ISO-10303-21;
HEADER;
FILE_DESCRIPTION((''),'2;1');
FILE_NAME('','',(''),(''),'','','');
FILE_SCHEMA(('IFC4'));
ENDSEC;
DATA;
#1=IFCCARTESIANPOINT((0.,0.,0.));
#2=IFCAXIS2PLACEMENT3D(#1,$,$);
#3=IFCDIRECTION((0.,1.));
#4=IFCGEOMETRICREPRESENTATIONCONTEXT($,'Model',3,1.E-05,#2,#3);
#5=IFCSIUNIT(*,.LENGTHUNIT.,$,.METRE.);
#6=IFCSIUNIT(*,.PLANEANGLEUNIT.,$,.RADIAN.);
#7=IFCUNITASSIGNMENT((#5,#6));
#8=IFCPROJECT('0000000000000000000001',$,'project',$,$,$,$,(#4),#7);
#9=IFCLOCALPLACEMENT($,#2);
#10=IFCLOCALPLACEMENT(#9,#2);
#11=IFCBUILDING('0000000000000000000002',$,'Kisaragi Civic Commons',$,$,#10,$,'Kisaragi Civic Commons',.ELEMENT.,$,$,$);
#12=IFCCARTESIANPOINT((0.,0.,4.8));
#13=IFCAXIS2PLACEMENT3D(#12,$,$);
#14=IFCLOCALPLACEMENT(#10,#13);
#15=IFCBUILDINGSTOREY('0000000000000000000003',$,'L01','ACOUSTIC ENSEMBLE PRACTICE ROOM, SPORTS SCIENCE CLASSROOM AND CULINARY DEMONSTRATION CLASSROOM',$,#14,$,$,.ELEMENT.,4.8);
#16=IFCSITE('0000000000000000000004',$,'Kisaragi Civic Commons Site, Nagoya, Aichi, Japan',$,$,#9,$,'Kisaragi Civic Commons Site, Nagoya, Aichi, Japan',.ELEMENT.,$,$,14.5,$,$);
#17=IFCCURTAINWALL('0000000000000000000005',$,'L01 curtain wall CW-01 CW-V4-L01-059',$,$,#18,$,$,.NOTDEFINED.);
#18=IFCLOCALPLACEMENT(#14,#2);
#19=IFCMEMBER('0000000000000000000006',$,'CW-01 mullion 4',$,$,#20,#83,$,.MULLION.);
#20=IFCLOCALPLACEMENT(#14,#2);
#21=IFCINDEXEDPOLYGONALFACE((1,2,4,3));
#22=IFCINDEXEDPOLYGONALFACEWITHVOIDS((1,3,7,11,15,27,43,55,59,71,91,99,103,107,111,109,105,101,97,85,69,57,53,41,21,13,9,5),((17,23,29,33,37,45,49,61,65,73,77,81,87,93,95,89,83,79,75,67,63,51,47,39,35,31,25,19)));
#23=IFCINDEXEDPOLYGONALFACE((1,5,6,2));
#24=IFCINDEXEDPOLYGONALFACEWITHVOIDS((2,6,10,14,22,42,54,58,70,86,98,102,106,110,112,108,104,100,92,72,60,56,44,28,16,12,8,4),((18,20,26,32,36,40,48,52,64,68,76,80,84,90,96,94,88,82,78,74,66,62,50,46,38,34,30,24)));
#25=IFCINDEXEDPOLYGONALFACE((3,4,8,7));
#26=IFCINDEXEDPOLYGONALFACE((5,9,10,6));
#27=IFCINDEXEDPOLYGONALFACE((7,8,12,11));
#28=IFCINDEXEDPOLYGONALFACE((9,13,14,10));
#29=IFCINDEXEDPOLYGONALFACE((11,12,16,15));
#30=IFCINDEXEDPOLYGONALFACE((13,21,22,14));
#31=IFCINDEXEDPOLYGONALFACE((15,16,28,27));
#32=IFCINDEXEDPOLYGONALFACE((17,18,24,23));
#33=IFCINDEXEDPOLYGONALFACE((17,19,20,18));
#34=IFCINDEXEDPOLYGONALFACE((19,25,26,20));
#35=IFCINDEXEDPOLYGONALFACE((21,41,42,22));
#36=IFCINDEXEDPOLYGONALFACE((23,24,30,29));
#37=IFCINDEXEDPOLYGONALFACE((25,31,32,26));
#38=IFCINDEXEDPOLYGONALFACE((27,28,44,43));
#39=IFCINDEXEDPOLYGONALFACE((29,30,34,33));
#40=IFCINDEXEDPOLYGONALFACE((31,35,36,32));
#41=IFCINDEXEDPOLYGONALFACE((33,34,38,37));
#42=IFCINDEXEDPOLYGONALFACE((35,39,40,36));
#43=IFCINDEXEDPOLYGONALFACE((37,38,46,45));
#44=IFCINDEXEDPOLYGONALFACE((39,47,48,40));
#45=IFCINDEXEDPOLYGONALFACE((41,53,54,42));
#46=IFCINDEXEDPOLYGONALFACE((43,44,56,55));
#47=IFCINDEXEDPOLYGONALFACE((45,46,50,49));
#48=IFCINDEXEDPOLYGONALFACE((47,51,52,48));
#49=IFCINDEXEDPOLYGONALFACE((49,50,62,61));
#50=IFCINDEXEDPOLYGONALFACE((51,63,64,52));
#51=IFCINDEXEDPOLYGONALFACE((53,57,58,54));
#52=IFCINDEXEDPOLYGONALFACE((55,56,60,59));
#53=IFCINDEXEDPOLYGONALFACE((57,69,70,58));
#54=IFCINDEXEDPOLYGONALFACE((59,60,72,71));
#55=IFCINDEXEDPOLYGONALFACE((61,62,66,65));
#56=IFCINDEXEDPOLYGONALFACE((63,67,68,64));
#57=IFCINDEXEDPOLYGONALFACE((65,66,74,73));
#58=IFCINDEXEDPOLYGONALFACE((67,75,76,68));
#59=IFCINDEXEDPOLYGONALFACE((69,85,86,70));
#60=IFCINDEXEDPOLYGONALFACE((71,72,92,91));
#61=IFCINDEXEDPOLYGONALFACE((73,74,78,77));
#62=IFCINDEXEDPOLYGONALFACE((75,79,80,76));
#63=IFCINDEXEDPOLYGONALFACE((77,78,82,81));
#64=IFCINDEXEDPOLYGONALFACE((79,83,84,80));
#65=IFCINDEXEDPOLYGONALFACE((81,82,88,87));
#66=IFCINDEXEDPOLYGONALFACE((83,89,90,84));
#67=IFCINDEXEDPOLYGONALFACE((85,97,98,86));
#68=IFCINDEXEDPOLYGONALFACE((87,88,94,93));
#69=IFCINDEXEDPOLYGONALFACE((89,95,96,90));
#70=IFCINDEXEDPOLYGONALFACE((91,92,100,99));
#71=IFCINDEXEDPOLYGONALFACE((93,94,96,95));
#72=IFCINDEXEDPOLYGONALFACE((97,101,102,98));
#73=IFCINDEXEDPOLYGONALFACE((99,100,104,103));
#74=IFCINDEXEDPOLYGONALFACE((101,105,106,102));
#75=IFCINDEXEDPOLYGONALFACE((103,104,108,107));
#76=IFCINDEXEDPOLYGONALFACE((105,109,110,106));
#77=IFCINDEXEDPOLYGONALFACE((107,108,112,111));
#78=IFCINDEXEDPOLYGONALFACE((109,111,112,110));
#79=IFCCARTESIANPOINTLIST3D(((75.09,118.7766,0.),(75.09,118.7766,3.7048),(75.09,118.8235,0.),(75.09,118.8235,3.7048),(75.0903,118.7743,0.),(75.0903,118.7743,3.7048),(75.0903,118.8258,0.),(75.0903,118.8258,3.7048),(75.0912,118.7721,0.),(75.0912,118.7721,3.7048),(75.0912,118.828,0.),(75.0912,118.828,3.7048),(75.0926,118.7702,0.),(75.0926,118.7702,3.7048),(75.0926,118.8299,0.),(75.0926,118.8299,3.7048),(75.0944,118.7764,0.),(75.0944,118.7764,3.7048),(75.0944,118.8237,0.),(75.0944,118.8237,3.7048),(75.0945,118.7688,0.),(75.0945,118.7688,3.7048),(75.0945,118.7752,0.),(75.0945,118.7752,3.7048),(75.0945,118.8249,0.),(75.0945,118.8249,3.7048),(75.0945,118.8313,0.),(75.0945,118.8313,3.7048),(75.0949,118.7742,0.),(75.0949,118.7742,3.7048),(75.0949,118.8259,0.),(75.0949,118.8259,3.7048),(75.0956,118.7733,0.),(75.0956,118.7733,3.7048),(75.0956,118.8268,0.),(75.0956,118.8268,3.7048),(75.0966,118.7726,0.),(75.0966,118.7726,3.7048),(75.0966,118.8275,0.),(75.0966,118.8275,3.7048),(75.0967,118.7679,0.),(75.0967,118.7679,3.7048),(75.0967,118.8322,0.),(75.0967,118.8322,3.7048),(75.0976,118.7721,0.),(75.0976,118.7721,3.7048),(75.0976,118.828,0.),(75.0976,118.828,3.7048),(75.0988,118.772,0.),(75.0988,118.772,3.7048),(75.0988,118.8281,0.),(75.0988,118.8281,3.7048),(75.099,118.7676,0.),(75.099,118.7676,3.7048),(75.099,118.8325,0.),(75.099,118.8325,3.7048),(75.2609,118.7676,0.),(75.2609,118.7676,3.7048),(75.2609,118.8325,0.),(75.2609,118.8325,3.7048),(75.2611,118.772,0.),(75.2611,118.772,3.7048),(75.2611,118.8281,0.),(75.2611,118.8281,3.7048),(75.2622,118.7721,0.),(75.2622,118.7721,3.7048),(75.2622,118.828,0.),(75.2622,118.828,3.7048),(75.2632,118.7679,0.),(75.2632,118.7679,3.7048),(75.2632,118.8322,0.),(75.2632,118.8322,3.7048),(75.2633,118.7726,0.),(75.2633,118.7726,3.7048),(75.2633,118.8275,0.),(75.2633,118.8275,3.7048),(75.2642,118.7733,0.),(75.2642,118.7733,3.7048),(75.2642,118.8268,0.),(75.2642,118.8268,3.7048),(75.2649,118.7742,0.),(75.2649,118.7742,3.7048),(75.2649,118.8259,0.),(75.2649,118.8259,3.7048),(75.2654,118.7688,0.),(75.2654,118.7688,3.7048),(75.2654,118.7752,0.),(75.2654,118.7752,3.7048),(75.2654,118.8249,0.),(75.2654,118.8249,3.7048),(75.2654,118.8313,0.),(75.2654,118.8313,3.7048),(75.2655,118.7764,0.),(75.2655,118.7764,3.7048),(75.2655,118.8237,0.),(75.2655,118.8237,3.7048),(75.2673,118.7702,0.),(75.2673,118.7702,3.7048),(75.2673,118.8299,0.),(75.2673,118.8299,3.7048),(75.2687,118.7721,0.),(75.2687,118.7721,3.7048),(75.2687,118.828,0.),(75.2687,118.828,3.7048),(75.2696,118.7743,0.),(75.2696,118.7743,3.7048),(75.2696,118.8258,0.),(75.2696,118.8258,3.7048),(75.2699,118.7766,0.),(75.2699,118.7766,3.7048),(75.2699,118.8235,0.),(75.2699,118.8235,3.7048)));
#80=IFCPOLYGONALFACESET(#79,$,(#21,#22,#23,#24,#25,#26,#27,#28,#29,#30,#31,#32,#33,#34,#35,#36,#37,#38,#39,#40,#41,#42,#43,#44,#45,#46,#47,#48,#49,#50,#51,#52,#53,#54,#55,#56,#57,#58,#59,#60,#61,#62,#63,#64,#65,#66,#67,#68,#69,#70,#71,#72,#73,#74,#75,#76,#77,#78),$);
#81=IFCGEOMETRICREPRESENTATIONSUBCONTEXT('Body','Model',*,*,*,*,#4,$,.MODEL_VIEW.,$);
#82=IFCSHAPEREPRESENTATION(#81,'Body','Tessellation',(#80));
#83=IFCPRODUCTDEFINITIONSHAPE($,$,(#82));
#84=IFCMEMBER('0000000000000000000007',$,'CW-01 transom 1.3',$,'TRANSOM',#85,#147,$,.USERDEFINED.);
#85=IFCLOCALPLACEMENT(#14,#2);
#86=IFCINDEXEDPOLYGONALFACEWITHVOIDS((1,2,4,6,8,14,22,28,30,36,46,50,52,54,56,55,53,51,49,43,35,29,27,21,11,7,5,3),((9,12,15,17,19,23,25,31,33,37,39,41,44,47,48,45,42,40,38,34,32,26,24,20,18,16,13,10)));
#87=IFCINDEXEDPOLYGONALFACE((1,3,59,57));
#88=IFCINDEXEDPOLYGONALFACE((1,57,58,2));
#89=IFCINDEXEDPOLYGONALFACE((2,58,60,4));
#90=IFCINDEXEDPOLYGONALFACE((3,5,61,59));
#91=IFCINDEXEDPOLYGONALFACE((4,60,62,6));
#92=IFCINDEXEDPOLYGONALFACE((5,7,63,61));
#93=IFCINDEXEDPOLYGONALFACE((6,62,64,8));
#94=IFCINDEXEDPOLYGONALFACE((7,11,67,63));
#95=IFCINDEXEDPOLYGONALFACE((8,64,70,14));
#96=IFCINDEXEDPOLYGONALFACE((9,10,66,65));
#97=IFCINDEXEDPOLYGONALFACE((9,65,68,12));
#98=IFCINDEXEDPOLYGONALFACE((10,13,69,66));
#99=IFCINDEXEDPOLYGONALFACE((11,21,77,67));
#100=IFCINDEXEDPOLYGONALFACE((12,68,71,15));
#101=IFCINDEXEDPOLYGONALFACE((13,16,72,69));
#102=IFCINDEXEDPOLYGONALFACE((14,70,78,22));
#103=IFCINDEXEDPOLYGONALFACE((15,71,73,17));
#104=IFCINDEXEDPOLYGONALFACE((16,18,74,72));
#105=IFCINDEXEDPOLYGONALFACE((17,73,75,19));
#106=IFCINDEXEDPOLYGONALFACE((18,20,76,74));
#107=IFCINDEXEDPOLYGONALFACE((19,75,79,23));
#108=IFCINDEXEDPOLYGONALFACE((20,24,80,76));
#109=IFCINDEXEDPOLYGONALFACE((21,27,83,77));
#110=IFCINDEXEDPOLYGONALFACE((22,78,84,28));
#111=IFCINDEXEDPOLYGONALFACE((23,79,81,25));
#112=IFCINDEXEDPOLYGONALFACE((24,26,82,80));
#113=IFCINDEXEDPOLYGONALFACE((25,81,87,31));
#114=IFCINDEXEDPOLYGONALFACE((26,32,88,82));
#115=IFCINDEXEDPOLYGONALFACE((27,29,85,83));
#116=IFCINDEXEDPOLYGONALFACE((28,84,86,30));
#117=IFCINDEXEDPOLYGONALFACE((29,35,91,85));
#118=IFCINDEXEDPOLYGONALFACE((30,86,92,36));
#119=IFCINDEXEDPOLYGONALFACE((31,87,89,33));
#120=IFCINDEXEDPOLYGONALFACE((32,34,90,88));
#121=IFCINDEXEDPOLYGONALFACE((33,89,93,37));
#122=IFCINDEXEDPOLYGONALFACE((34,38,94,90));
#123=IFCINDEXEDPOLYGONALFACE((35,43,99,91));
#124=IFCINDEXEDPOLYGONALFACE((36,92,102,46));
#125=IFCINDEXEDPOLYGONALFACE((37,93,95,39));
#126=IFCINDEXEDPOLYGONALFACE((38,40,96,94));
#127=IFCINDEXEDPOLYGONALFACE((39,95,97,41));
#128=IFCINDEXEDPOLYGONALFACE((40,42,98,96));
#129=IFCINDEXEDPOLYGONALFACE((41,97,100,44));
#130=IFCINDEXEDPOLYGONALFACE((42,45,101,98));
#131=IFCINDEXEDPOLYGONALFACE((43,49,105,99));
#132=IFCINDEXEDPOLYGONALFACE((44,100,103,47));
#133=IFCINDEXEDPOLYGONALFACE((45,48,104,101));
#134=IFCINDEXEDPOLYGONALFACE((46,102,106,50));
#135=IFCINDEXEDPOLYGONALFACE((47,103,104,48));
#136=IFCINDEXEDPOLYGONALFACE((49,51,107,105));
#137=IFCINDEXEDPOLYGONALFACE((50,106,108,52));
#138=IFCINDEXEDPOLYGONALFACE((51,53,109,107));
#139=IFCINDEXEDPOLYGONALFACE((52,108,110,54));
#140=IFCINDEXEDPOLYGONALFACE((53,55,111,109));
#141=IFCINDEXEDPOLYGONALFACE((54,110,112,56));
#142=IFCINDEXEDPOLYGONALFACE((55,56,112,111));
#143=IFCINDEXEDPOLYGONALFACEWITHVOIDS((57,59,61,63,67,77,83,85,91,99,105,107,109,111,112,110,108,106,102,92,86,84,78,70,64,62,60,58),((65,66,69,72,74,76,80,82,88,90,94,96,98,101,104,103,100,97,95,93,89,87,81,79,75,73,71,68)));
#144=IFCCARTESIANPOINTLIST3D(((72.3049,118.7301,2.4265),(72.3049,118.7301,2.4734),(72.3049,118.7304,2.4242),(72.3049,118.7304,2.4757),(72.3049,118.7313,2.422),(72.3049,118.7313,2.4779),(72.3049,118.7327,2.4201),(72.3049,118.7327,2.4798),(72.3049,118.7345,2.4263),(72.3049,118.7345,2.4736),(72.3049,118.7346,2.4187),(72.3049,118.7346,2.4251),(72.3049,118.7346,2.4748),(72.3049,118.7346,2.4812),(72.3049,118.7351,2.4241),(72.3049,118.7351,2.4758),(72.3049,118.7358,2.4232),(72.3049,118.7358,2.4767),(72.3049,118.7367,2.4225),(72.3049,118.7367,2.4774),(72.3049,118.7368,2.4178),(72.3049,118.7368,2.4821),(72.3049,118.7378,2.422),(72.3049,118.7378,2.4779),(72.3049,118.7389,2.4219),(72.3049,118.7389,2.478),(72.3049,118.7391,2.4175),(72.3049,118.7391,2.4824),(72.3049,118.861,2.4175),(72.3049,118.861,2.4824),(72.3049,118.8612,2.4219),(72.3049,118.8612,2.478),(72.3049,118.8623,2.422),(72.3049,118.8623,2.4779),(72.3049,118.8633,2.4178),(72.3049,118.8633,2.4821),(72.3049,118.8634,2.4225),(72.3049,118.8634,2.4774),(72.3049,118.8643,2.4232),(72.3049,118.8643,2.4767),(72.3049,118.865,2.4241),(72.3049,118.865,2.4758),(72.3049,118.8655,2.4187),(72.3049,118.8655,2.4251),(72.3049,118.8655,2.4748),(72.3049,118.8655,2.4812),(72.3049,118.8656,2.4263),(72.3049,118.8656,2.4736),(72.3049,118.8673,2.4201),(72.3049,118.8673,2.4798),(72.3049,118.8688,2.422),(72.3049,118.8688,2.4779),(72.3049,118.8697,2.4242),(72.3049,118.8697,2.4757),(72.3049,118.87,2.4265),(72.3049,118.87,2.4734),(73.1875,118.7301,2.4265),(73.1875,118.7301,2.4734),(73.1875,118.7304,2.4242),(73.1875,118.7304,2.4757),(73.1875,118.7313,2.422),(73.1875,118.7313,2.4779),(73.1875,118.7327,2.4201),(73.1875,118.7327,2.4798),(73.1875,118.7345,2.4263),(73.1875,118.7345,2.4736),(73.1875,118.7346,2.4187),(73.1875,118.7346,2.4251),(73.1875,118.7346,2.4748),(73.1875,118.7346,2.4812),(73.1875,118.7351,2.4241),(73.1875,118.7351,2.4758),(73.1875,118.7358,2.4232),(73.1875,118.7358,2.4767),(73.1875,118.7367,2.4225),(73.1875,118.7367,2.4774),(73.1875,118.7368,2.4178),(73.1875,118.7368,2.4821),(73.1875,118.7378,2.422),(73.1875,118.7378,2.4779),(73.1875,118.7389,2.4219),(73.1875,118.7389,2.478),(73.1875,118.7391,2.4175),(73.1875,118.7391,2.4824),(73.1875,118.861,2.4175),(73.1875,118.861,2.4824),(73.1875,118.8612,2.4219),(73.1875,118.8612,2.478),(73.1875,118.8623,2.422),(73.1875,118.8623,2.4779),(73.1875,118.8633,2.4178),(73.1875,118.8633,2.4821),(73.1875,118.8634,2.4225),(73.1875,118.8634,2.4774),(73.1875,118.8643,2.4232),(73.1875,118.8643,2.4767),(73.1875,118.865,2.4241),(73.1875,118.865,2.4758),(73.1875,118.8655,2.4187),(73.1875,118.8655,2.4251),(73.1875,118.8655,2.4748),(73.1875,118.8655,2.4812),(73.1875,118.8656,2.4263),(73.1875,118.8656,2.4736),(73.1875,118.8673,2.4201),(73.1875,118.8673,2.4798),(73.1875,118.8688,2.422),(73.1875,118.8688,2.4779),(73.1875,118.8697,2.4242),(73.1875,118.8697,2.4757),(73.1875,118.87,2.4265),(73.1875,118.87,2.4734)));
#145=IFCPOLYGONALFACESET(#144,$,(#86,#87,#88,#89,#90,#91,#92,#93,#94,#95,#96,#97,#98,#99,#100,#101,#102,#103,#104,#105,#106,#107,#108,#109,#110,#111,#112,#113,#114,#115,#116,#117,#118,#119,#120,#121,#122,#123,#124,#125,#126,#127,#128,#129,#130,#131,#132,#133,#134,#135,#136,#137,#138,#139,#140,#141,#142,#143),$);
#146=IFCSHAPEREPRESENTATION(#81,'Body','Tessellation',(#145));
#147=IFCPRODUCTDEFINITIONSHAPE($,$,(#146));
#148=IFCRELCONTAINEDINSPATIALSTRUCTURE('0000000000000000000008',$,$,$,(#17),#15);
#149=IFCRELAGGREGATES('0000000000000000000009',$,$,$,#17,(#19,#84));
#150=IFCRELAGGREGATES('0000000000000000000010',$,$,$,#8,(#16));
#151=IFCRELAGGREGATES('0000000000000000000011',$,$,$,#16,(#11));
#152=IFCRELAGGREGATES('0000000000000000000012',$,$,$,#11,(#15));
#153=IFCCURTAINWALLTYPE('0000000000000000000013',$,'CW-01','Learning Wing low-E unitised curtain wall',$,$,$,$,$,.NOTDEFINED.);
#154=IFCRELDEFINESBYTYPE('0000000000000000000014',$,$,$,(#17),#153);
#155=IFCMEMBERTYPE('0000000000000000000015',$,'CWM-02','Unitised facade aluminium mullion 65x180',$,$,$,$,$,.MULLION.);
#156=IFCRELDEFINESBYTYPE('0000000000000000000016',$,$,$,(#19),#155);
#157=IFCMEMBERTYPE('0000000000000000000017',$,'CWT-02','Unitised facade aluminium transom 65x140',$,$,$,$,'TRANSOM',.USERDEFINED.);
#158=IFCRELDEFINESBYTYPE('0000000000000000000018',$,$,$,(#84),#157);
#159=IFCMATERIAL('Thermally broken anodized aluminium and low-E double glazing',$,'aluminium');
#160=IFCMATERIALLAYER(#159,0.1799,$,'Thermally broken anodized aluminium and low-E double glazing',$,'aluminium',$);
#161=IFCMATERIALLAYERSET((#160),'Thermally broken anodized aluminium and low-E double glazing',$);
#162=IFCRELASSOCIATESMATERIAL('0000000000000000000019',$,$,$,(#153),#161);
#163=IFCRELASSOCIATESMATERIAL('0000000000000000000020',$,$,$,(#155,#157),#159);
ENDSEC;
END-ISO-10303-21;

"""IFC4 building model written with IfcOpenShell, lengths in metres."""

from ifc_helpers import new_model, si_unit, direction, frame, origin, origin_2d, place, context, subcontext, project, spatial, hollow_rectangle, extrude, material, layer, layer_set, material_profile, profile_set, type_object, element, aggregate, save


model = new_model("IFC4")

# Units and contexts
model_context = context("Model", 3, precision=1e-05, world=origin(), true_north=direction((0.0, 1.0)))
body_context = subcontext(model_context, "Body", "Model", "MODEL_VIEW")
ifc_project = project(units=[si_unit("LENGTHUNIT", "METRE"), si_unit("PLANEANGLEUNIT", "RADIAN")], contexts=[model_context])

# Site, building, storey
site_placement = place(None, origin())
site = spatial("IfcSite", under=ifc_project, at=site_placement, Name="Kisaragi Civic Commons Site, Nagoya, Aichi, Japan", LongName="Kisaragi Civic Commons Site, Nagoya, Aichi, Japan", CompositionType="ELEMENT", RefElevation=14.5)
building_placement = place(site_placement, origin())
building = spatial("IfcBuilding", under=site, at=building_placement, Name="Kisaragi Civic Commons", LongName="Kisaragi Civic Commons", CompositionType="ELEMENT")
storey_placement = place(building_placement, frame((0.0, 0.0, 4.8)))
storey = spatial("IfcBuildingStorey", under=building, at=storey_placement, Name="L01", Description="ACOUSTIC ENSEMBLE PRACTICE ROOM, SPORTS SCIENCE CLASSROOM AND CULINARY DEMONSTRATION CLASSROOM", CompositionType="ELEMENT", Elevation=4.8)

# Curtain wall, members
ifc_material = material(Name="Thermally broken anodized aluminium and low-E double glazing", Category="aluminium")
ifc_layer_1 = layer(ifc_material, 0.1799, Name="Thermally broken anodized aluminium and low-E double glazing", Category="aluminium")
ifc_layer_set_1 = layer_set([ifc_layer_1], Name="Thermally broken anodized aluminium and low-E double glazing")
curtain_wall_type = type_object("IfcCurtainWallType", Name="CW-01", Description="Learning Wing low-E unitised curtain wall", PredefinedType="NOTDEFINED", material=ifc_layer_set_1)
curtain_wall_placement = place(storey_placement, origin())
curtain_wall = element("IfcCurtainWall", 1, at=curtain_wall_placement, inside=storey, type_object=curtain_wall_type, Name="L01 curtain wall CW-01 CW-V4-L01-059", PredefinedType="NOTDEFINED")
ifc_material_profile_1 = material_profile(ifc_material, hollow_rectangle(XDim=0.0649, YDim=0.1799, WallThickness=0.0044, InnerFilletRadius=0.0044, OuterFilletRadius=0.009, at=origin_2d()), Name="CWM-65x180x4.5", Category="aluminium")
ifc_profile_set_1 = profile_set([ifc_material_profile_1], Name="Thermally broken anodized aluminium and low-E double glazing")
member_type_1 = type_object("IfcMemberType", Name="CWM-02", Description="Unitised facade aluminium mullion 65x180", PredefinedType="MULLION", material=ifc_profile_set_1)
member_1_placement = place(storey_placement, frame((75.1799, 118.8, 0.0), z_axis=(0.0, 0.0, 1.0), x_axis=(0.0, 1.0, 0.0)))
member_1 = element("IfcMember", 2, at=member_1_placement, type_object=member_type_1, Name="CW-01 mullion 4", PredefinedType="MULLION", context=body_context, shape_type="SweptSolid", body=[
    extrude(hollow_rectangle(XDim=0.0649, YDim=0.1799, WallThickness=0.0044, InnerFilletRadius=0.0044, OuterFilletRadius=0.009, at=origin_2d()), origin(), (0.0, 0.0, 1.0), 3.7048),
])
ifc_material_profile_2 = material_profile(ifc_material, hollow_rectangle(XDim=0.1399, YDim=0.0649, WallThickness=0.0044, InnerFilletRadius=0.0044, OuterFilletRadius=0.009, at=origin_2d()), Name="CWT-65x140x4.5", Category="aluminium")
ifc_profile_set_2 = profile_set([ifc_material_profile_2], Name="Thermally broken anodized aluminium and low-E double glazing")
member_type_2 = type_object("IfcMemberType", Name="CWT-02", Description="Unitised facade aluminium transom 65x140", ElementType="TRANSOM", PredefinedType="USERDEFINED", material=ifc_profile_set_2)
member_2_placement = place(storey_placement, frame((72.3049, 118.8, 2.45), z_axis=(1.0, 0.0, 0.0), x_axis=(0.0, 1.0, 0.0)))
member_2 = element("IfcMember", 3, at=member_2_placement, type_object=member_type_2, Name="CW-01 transom 1.3", ObjectType="TRANSOM", PredefinedType="USERDEFINED", context=body_context, shape_type="SweptSolid", body=[
    extrude(hollow_rectangle(XDim=0.1399, YDim=0.0649, WallThickness=0.0044, InnerFilletRadius=0.0044, OuterFilletRadius=0.009, at=origin_2d()), origin(), (0.0, 0.0, 1.0), 0.8826),
])
aggregate(curtain_wall, [member_1, member_2])

save(model, "model.ifc")
